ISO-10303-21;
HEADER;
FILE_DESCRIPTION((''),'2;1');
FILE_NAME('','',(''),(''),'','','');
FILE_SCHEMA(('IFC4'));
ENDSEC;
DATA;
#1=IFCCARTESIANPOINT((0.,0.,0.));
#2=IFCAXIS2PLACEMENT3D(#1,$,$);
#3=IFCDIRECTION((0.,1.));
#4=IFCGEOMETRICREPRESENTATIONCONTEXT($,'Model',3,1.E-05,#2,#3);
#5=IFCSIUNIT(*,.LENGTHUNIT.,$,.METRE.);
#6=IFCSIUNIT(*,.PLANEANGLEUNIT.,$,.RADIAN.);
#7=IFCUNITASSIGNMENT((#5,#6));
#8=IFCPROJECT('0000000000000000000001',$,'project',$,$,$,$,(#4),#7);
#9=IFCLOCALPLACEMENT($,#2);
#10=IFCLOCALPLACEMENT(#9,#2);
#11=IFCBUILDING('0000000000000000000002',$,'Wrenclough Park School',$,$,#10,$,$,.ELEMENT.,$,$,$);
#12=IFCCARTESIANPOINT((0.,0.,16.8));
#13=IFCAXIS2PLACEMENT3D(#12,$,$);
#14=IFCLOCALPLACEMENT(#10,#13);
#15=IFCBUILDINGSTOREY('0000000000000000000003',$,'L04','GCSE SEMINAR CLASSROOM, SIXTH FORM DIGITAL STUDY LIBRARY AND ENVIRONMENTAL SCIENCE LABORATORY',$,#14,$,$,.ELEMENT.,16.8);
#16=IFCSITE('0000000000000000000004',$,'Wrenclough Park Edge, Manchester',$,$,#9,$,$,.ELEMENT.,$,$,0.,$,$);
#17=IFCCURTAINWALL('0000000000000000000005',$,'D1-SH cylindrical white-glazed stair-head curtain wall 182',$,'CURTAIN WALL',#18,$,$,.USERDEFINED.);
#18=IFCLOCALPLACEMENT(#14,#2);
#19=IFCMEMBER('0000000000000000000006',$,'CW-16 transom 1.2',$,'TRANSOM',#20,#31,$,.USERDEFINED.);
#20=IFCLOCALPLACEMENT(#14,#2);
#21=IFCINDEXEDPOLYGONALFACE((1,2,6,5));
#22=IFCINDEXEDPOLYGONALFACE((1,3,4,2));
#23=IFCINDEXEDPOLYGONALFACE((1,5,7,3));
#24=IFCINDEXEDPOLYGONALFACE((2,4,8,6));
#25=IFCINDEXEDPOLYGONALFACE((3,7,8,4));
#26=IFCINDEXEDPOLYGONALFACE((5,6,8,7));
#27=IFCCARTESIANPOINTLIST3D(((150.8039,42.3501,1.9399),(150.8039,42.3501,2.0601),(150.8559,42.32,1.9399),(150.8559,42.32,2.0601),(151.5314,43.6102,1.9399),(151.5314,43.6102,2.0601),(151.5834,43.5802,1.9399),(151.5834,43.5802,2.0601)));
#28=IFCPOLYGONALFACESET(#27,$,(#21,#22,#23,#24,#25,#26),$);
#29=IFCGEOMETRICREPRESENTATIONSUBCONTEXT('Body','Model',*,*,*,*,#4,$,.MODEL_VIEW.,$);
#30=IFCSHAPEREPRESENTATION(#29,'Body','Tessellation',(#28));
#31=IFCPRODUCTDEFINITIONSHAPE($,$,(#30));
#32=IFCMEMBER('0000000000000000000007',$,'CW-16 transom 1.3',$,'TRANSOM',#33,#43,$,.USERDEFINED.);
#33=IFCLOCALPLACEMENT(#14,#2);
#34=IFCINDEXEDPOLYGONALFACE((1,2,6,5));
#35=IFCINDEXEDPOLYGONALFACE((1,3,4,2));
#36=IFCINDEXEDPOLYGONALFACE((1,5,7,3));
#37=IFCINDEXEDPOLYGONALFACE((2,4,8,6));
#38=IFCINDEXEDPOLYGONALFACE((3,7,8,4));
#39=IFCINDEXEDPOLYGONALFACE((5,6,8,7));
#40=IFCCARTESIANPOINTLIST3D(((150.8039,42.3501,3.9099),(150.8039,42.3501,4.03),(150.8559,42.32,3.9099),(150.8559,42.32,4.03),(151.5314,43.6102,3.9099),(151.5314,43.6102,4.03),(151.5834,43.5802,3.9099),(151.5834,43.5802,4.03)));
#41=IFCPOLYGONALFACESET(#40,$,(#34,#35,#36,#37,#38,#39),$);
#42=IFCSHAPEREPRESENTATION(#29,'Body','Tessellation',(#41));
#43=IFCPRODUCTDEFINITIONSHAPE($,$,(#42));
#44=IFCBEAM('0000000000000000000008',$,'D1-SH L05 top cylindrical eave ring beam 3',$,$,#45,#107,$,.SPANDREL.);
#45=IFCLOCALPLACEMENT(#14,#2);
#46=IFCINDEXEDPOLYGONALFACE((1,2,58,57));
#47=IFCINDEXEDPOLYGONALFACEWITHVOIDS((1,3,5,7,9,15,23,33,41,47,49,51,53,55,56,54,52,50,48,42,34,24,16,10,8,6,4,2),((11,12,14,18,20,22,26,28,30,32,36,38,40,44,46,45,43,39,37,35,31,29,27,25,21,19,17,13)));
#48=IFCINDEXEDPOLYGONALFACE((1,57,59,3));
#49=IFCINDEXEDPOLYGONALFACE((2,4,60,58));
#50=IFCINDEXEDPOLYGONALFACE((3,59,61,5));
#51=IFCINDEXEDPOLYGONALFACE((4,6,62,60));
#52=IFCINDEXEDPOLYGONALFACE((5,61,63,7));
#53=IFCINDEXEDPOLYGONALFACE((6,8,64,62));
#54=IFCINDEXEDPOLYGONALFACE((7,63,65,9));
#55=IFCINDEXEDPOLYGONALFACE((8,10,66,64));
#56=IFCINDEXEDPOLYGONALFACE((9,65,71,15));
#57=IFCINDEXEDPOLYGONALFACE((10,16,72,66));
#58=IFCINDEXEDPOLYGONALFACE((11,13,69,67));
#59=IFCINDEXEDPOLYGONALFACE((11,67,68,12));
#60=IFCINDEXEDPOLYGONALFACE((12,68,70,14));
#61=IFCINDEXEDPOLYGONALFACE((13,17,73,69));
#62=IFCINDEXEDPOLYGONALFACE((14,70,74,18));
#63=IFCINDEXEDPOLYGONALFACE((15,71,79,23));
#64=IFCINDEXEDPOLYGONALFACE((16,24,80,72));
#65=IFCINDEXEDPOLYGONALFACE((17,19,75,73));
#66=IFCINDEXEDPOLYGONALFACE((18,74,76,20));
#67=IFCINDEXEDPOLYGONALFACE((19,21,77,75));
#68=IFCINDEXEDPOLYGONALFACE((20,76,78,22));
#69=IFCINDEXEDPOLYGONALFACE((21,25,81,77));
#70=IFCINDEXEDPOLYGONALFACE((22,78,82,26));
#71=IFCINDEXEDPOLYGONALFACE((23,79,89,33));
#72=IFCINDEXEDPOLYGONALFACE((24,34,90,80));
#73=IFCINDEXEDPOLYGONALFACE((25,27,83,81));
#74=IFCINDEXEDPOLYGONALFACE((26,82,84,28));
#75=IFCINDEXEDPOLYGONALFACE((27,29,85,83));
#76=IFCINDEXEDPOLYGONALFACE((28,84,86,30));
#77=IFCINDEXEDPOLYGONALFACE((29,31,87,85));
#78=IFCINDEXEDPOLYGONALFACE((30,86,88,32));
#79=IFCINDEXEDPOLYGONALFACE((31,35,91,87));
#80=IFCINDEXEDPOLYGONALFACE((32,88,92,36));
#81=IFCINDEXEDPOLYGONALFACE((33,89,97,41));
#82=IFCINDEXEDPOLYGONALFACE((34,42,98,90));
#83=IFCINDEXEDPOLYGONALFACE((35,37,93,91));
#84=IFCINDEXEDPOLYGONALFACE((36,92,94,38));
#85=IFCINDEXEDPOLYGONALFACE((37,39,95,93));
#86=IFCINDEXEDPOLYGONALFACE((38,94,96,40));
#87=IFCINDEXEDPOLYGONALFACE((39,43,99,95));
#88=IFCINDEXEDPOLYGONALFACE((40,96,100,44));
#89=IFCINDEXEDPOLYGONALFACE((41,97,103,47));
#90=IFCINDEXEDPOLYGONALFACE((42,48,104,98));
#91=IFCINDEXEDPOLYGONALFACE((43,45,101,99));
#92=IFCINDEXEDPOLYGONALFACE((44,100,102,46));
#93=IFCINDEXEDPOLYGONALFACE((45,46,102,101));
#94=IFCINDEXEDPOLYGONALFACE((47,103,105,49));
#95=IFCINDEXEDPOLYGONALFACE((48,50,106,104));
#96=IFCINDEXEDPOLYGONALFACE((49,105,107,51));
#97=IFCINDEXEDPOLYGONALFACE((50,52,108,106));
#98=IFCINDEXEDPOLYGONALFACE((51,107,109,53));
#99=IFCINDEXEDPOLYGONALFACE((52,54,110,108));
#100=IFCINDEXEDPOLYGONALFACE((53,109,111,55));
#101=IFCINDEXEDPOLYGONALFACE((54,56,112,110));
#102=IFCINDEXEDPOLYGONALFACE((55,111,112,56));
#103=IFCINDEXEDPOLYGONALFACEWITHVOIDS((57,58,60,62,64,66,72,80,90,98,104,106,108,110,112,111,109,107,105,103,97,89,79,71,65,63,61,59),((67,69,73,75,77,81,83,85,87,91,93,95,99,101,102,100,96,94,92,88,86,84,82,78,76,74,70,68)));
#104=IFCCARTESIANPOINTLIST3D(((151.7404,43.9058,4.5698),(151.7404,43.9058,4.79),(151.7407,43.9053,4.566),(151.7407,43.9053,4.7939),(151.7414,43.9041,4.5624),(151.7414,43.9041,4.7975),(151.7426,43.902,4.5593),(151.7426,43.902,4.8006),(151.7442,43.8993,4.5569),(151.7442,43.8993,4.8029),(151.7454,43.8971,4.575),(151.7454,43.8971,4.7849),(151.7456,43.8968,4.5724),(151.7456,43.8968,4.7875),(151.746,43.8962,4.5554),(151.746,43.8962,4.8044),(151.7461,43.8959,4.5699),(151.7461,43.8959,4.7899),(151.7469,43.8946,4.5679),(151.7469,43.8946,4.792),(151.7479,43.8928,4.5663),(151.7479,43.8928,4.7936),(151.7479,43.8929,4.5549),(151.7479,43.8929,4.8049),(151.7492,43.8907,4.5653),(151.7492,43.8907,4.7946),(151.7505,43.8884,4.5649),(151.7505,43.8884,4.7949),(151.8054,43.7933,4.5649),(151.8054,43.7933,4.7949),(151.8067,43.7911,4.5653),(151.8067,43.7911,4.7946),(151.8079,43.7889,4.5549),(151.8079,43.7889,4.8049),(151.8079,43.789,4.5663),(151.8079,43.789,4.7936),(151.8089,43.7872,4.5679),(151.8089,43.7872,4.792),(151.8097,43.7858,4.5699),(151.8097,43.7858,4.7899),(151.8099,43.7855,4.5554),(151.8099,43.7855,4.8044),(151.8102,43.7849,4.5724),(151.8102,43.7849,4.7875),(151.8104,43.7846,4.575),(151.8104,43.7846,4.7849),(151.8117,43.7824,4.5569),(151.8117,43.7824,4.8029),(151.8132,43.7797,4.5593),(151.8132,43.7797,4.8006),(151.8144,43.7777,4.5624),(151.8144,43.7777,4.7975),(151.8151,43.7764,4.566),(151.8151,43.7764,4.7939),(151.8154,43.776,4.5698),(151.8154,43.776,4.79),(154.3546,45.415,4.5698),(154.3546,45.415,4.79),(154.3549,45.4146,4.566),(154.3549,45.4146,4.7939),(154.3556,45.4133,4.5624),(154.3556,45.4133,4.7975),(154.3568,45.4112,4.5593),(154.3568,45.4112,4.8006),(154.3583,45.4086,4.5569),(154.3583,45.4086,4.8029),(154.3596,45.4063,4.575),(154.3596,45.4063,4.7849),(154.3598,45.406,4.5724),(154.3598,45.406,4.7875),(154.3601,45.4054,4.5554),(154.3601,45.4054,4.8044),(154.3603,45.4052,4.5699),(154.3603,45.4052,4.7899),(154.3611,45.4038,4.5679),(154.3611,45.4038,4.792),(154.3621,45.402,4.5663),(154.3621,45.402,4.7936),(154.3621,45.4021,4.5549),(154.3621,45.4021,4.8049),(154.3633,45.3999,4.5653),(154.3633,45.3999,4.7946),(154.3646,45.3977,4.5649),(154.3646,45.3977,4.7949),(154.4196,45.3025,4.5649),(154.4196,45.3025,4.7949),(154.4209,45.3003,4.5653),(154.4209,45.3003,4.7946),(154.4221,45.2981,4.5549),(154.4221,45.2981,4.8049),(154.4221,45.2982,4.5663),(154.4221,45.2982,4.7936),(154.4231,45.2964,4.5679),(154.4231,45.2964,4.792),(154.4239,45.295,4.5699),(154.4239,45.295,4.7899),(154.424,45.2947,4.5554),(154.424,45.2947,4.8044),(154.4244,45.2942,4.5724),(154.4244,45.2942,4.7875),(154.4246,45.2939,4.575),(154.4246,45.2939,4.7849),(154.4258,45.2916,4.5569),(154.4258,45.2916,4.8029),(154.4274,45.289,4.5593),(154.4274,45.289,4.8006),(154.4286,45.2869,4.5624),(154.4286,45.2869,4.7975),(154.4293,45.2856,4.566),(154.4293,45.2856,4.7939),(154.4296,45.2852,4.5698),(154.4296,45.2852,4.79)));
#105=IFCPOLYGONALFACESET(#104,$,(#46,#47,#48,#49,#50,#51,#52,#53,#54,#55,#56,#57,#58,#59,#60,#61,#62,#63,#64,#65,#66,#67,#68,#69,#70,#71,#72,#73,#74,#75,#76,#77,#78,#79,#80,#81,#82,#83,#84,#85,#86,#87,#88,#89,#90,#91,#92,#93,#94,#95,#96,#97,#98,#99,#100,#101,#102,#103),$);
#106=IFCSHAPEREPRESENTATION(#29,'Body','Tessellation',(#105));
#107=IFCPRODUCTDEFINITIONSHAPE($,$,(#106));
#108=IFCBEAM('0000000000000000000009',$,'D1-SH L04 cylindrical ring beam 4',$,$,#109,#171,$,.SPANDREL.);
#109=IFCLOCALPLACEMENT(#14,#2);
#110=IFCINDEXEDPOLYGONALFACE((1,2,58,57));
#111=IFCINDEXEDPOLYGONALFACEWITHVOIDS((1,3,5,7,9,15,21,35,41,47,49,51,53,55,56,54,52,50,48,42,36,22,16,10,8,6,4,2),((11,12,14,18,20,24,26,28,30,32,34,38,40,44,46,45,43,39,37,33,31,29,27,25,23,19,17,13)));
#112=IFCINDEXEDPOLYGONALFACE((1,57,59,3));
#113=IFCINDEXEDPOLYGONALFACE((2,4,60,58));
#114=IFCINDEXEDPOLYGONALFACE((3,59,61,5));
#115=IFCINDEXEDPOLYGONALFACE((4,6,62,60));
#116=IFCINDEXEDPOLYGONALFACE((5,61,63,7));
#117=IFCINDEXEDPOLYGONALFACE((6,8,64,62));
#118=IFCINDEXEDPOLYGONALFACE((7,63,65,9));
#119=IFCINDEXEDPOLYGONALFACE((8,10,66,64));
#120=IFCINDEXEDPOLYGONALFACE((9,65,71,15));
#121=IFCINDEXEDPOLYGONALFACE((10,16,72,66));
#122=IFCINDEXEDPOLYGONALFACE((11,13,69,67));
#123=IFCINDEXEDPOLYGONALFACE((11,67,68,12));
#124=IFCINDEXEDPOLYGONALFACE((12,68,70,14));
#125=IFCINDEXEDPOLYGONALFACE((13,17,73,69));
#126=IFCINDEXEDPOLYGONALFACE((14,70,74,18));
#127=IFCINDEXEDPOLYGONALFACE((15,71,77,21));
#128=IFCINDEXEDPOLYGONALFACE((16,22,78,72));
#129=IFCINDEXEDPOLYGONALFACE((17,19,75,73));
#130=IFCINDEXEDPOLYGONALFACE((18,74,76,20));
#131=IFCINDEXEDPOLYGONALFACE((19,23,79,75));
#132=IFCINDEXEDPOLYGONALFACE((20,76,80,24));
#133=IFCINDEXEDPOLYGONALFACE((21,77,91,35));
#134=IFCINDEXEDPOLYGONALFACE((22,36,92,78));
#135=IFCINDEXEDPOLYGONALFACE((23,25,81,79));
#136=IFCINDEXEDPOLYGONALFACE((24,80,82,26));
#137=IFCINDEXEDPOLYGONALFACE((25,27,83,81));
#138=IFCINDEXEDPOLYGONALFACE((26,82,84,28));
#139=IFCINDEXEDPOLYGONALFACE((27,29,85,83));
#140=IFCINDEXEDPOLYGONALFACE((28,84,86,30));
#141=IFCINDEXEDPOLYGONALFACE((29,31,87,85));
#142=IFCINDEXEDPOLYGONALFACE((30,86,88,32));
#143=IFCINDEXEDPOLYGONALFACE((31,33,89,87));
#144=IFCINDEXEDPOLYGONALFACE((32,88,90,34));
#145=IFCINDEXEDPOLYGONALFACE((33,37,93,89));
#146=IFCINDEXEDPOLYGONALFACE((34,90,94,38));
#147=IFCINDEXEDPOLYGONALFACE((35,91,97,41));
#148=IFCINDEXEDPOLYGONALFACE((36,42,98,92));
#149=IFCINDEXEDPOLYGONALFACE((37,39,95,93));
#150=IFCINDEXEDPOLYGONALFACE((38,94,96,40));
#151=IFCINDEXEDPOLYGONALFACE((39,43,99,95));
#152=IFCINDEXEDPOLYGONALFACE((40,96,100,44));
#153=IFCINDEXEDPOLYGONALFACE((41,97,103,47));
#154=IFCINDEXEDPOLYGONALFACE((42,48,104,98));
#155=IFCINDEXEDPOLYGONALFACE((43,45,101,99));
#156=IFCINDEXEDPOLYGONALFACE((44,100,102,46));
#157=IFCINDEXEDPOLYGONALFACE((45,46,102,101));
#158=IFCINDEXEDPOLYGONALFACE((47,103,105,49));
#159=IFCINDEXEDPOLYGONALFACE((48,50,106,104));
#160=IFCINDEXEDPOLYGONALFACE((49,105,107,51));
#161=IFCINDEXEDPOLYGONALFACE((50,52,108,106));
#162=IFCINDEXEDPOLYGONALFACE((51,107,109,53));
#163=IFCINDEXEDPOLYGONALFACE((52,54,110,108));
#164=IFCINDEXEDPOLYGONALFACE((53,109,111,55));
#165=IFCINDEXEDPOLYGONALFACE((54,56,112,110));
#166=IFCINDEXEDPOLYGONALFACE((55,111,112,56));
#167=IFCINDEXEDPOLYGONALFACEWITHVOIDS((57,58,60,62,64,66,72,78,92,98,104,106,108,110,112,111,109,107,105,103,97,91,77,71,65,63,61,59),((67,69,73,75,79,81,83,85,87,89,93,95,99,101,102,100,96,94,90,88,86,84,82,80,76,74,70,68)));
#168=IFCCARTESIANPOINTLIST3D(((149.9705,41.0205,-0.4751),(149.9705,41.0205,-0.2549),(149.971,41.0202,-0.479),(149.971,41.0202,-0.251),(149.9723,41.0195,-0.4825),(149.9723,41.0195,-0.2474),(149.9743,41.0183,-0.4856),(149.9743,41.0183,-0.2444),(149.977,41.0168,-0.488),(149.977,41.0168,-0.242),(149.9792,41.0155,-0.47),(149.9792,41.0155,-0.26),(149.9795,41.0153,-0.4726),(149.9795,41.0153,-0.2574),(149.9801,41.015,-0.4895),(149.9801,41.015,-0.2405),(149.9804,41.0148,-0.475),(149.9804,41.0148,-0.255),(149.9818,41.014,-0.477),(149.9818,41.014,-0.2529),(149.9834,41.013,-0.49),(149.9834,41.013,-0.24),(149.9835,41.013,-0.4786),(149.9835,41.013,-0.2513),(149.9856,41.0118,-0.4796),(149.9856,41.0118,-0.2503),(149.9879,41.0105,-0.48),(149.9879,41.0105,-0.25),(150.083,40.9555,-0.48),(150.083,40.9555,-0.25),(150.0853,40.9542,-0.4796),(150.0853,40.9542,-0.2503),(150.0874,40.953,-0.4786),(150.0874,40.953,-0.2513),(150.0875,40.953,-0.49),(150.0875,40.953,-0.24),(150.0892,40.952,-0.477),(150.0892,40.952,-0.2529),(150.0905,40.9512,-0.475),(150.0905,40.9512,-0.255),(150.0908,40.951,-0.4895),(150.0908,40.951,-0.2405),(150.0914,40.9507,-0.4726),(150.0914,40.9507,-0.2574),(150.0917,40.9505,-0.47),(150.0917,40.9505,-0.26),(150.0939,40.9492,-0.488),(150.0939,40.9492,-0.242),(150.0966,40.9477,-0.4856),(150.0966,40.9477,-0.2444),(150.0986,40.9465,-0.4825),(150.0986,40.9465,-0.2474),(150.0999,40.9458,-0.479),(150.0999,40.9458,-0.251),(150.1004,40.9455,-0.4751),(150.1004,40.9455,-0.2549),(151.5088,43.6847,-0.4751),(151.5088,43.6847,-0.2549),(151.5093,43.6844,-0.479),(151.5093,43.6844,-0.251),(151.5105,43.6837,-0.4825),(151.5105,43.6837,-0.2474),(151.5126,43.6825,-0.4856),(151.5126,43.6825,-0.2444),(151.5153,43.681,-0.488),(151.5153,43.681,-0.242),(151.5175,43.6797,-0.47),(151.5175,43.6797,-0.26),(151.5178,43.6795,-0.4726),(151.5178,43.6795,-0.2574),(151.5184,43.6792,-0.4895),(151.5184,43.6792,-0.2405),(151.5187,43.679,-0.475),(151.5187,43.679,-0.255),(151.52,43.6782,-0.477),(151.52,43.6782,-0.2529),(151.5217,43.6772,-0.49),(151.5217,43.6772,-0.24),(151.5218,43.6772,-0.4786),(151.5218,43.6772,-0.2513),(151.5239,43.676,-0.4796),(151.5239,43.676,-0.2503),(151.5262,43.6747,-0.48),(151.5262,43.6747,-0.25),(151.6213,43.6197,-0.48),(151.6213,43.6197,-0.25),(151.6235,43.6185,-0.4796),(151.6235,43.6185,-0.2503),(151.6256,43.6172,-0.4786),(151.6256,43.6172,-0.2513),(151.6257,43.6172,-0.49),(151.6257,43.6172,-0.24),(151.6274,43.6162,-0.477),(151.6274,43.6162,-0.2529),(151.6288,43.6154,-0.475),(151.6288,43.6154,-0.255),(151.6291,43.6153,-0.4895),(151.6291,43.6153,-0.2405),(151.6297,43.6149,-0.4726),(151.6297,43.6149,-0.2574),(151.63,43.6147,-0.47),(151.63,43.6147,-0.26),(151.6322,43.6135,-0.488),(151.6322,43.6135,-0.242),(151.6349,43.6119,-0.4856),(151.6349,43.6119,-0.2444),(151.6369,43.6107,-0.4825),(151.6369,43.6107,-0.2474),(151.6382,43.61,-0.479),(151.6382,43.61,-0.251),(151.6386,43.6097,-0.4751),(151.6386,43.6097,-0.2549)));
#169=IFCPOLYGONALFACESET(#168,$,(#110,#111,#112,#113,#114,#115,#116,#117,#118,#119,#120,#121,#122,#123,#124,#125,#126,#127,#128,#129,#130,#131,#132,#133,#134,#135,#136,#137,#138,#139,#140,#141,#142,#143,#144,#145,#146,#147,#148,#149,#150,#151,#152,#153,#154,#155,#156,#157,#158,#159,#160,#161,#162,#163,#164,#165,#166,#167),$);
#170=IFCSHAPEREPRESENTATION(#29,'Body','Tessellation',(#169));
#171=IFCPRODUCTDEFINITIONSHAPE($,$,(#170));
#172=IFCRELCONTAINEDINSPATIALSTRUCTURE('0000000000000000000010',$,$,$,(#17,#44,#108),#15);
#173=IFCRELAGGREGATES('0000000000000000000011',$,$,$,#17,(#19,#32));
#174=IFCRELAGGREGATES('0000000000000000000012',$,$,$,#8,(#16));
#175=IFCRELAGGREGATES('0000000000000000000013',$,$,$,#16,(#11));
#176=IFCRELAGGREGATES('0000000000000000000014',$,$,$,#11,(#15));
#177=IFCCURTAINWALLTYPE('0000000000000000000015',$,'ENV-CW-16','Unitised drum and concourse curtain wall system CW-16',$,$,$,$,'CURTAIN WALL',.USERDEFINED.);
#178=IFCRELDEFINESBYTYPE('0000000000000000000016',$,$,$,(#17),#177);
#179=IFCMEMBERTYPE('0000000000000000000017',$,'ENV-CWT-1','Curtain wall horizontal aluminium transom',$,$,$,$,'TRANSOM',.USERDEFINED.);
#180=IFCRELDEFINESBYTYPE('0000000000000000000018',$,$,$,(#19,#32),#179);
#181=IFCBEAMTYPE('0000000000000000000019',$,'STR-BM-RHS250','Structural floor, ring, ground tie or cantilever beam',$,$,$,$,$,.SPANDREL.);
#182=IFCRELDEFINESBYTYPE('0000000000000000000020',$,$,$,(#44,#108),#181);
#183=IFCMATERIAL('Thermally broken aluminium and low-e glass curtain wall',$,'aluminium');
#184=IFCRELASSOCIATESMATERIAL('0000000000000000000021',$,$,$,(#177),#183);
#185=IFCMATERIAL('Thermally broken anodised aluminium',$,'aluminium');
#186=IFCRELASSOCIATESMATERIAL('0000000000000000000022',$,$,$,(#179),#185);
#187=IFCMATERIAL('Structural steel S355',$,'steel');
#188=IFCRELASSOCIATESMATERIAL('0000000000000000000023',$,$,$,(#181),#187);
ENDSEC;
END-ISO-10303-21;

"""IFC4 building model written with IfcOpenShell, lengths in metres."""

from ifc_helpers import new_model, si_unit, direction, frame, origin, origin_2d, place, context, subcontext, project, spatial, rectangle, hollow_rectangle, extrude, material, material_profile, profile_set, type_object, element, aggregate, save


model = new_model("IFC4")

# Units and contexts
model_context = context("Model", 3, precision=1e-05, world=origin(), true_north=direction((0.0, 1.0)))
body_context = subcontext(model_context, "Body", "Model", "MODEL_VIEW")
ifc_project = project(units=[si_unit("LENGTHUNIT", "METRE"), si_unit("PLANEANGLEUNIT", "RADIAN")], contexts=[model_context])

# Site, building, storey
site_placement = place(None, origin())
site = spatial("IfcSite", under=ifc_project, at=site_placement, Name="Wrenclough Park Edge, Manchester", CompositionType="ELEMENT", RefElevation=0.0)
building_placement = place(site_placement, origin())
building = spatial("IfcBuilding", under=site, at=building_placement, Name="Wrenclough Park School", CompositionType="ELEMENT")
storey_placement = place(building_placement, frame((0.0, 0.0, 16.8)))
storey = spatial("IfcBuildingStorey", under=building, at=storey_placement, Name="L04", Description="GCSE SEMINAR CLASSROOM, SIXTH FORM DIGITAL STUDY LIBRARY AND ENVIRONMENTAL SCIENCE LABORATORY", CompositionType="ELEMENT", Elevation=16.8)

# Shared definitions
ifc_material_1 = material(Name="Structural steel S355", Category="steel")

# Shared definitions
ifc_material_2 = material(Name="Thermally broken aluminium and low-e glass curtain wall", Category="aluminium")
curtain_wall_type = type_object("IfcCurtainWallType", Name="ENV-CW-16", Description="Unitised drum and concourse curtain wall system CW-16", ElementType="CURTAIN WALL", PredefinedType="USERDEFINED", material=ifc_material_2)
ifc_material_3 = material(Name="Thermally broken anodised aluminium", Category="aluminium")

# Curtain wall
curtain_wall_1_placement = place(storey_placement, origin())
curtain_wall_1 = element("IfcCurtainWall", 1, at=curtain_wall_1_placement, inside=storey, type_object=curtain_wall_type, Name="D1-SH cylindrical white-glazed stair-head curtain wall 182", ObjectType="CURTAIN WALL", PredefinedType="USERDEFINED")

# Members
ifc_material_profile_1 = material_profile(ifc_material_3, rectangle(XDim=0.0601, YDim=0.1201, at=origin_2d()), Name="AL TRANSOM 60x120")
ifc_profile_set_1 = profile_set([ifc_material_profile_1], Name="Thermally broken anodised aluminium")
member_type_1 = type_object("IfcMemberType", Name="ENV-CWT-1", Description="Curtain wall horizontal aluminium transom", ElementType="TRANSOM", PredefinedType="USERDEFINED", material=ifc_profile_set_1)
member_1_placement = place(storey_placement, frame((151.5574, 43.5952, 2.0), z_axis=(-0.499965, -0.866046, 0.0), x_axis=(0.866046, -0.499965, 0.0)))
member_1 = element("IfcMember", 2, at=member_1_placement, type_object=member_type_1, Name="CW-16 transom 1.2", ObjectType="TRANSOM", PredefinedType="USERDEFINED", context=body_context, shape_type="SweptSolid", body=[
    extrude(rectangle(XDim=0.0601, YDim=0.1201, at=origin_2d()), origin(), (0.0, 0.0, 1.0), 1.4551),
])
member_2_placement = place(storey_placement, frame((151.5574, 43.5952, 3.97), z_axis=(-0.499965, -0.866046, 0.0), x_axis=(0.866046, -0.499965, 0.0)))
member_2 = element("IfcMember", 3, at=member_2_placement, type_object=member_type_1, Name="CW-16 transom 1.3", ObjectType="TRANSOM", PredefinedType="USERDEFINED", context=body_context, shape_type="SweptSolid", body=[
    extrude(rectangle(XDim=0.0601, YDim=0.1201, at=origin_2d()), origin(), (0.0, 0.0, 1.0), 1.4551),
])

# Beams
ifc_material_profile_2 = material_profile(ifc_material_1, hollow_rectangle(XDim=0.1499, YDim=0.25, WallThickness=0.01, InnerFilletRadius=0.01, OuterFilletRadius=0.0149, at=origin_2d()), Name="RHS 250x150x10.0")
ifc_profile_set_2 = profile_set([ifc_material_profile_2], Name="Structural steel S355")
beam_type = type_object("IfcBeamType", Name="STR-BM-RHS250", Description="Structural floor, ring, ground tie or cantilever beam", PredefinedType="SPANDREL", material=ifc_profile_set_2)
beam_1_placement = place(storey_placement, frame((154.3921, 45.3501, 4.6799), z_axis=(-0.866035, -0.499984, 0.0), x_axis=(0.499984, -0.866035, 0.0)))
element("IfcBeam", 4, at=beam_1_placement, inside=storey, type_object=beam_type, Name="D1-SH L05 top cylindrical eave ring beam 3", PredefinedType="SPANDREL", context=body_context, shape_type="SweptSolid", body=[
    extrude(hollow_rectangle(XDim=0.1499, YDim=0.25, WallThickness=0.01, InnerFilletRadius=0.01, OuterFilletRadius=0.0149, at=origin_2d()), origin(), (0.0, 0.0, 1.0), 3.0186),
])
beam_2_placement = place(storey_placement, frame((151.5737, 43.6472, -0.365), z_axis=(-0.500022, -0.866012, 0.0), x_axis=(0.866012, -0.500022, 0.0)))
element("IfcBeam", 5, at=beam_2_placement, inside=storey, type_object=beam_type, Name="D1-SH L04 cylindrical ring beam 4", PredefinedType="SPANDREL", context=body_context, shape_type="SweptSolid", body=[
    extrude(hollow_rectangle(XDim=0.1499, YDim=0.25, WallThickness=0.01, InnerFilletRadius=0.01, OuterFilletRadius=0.0149, at=origin_2d()), origin(), (0.0, 0.0, 1.0), 3.0764),
])

aggregate(curtain_wall_1, [member_1, member_2])

save(model, "model.ifc")
